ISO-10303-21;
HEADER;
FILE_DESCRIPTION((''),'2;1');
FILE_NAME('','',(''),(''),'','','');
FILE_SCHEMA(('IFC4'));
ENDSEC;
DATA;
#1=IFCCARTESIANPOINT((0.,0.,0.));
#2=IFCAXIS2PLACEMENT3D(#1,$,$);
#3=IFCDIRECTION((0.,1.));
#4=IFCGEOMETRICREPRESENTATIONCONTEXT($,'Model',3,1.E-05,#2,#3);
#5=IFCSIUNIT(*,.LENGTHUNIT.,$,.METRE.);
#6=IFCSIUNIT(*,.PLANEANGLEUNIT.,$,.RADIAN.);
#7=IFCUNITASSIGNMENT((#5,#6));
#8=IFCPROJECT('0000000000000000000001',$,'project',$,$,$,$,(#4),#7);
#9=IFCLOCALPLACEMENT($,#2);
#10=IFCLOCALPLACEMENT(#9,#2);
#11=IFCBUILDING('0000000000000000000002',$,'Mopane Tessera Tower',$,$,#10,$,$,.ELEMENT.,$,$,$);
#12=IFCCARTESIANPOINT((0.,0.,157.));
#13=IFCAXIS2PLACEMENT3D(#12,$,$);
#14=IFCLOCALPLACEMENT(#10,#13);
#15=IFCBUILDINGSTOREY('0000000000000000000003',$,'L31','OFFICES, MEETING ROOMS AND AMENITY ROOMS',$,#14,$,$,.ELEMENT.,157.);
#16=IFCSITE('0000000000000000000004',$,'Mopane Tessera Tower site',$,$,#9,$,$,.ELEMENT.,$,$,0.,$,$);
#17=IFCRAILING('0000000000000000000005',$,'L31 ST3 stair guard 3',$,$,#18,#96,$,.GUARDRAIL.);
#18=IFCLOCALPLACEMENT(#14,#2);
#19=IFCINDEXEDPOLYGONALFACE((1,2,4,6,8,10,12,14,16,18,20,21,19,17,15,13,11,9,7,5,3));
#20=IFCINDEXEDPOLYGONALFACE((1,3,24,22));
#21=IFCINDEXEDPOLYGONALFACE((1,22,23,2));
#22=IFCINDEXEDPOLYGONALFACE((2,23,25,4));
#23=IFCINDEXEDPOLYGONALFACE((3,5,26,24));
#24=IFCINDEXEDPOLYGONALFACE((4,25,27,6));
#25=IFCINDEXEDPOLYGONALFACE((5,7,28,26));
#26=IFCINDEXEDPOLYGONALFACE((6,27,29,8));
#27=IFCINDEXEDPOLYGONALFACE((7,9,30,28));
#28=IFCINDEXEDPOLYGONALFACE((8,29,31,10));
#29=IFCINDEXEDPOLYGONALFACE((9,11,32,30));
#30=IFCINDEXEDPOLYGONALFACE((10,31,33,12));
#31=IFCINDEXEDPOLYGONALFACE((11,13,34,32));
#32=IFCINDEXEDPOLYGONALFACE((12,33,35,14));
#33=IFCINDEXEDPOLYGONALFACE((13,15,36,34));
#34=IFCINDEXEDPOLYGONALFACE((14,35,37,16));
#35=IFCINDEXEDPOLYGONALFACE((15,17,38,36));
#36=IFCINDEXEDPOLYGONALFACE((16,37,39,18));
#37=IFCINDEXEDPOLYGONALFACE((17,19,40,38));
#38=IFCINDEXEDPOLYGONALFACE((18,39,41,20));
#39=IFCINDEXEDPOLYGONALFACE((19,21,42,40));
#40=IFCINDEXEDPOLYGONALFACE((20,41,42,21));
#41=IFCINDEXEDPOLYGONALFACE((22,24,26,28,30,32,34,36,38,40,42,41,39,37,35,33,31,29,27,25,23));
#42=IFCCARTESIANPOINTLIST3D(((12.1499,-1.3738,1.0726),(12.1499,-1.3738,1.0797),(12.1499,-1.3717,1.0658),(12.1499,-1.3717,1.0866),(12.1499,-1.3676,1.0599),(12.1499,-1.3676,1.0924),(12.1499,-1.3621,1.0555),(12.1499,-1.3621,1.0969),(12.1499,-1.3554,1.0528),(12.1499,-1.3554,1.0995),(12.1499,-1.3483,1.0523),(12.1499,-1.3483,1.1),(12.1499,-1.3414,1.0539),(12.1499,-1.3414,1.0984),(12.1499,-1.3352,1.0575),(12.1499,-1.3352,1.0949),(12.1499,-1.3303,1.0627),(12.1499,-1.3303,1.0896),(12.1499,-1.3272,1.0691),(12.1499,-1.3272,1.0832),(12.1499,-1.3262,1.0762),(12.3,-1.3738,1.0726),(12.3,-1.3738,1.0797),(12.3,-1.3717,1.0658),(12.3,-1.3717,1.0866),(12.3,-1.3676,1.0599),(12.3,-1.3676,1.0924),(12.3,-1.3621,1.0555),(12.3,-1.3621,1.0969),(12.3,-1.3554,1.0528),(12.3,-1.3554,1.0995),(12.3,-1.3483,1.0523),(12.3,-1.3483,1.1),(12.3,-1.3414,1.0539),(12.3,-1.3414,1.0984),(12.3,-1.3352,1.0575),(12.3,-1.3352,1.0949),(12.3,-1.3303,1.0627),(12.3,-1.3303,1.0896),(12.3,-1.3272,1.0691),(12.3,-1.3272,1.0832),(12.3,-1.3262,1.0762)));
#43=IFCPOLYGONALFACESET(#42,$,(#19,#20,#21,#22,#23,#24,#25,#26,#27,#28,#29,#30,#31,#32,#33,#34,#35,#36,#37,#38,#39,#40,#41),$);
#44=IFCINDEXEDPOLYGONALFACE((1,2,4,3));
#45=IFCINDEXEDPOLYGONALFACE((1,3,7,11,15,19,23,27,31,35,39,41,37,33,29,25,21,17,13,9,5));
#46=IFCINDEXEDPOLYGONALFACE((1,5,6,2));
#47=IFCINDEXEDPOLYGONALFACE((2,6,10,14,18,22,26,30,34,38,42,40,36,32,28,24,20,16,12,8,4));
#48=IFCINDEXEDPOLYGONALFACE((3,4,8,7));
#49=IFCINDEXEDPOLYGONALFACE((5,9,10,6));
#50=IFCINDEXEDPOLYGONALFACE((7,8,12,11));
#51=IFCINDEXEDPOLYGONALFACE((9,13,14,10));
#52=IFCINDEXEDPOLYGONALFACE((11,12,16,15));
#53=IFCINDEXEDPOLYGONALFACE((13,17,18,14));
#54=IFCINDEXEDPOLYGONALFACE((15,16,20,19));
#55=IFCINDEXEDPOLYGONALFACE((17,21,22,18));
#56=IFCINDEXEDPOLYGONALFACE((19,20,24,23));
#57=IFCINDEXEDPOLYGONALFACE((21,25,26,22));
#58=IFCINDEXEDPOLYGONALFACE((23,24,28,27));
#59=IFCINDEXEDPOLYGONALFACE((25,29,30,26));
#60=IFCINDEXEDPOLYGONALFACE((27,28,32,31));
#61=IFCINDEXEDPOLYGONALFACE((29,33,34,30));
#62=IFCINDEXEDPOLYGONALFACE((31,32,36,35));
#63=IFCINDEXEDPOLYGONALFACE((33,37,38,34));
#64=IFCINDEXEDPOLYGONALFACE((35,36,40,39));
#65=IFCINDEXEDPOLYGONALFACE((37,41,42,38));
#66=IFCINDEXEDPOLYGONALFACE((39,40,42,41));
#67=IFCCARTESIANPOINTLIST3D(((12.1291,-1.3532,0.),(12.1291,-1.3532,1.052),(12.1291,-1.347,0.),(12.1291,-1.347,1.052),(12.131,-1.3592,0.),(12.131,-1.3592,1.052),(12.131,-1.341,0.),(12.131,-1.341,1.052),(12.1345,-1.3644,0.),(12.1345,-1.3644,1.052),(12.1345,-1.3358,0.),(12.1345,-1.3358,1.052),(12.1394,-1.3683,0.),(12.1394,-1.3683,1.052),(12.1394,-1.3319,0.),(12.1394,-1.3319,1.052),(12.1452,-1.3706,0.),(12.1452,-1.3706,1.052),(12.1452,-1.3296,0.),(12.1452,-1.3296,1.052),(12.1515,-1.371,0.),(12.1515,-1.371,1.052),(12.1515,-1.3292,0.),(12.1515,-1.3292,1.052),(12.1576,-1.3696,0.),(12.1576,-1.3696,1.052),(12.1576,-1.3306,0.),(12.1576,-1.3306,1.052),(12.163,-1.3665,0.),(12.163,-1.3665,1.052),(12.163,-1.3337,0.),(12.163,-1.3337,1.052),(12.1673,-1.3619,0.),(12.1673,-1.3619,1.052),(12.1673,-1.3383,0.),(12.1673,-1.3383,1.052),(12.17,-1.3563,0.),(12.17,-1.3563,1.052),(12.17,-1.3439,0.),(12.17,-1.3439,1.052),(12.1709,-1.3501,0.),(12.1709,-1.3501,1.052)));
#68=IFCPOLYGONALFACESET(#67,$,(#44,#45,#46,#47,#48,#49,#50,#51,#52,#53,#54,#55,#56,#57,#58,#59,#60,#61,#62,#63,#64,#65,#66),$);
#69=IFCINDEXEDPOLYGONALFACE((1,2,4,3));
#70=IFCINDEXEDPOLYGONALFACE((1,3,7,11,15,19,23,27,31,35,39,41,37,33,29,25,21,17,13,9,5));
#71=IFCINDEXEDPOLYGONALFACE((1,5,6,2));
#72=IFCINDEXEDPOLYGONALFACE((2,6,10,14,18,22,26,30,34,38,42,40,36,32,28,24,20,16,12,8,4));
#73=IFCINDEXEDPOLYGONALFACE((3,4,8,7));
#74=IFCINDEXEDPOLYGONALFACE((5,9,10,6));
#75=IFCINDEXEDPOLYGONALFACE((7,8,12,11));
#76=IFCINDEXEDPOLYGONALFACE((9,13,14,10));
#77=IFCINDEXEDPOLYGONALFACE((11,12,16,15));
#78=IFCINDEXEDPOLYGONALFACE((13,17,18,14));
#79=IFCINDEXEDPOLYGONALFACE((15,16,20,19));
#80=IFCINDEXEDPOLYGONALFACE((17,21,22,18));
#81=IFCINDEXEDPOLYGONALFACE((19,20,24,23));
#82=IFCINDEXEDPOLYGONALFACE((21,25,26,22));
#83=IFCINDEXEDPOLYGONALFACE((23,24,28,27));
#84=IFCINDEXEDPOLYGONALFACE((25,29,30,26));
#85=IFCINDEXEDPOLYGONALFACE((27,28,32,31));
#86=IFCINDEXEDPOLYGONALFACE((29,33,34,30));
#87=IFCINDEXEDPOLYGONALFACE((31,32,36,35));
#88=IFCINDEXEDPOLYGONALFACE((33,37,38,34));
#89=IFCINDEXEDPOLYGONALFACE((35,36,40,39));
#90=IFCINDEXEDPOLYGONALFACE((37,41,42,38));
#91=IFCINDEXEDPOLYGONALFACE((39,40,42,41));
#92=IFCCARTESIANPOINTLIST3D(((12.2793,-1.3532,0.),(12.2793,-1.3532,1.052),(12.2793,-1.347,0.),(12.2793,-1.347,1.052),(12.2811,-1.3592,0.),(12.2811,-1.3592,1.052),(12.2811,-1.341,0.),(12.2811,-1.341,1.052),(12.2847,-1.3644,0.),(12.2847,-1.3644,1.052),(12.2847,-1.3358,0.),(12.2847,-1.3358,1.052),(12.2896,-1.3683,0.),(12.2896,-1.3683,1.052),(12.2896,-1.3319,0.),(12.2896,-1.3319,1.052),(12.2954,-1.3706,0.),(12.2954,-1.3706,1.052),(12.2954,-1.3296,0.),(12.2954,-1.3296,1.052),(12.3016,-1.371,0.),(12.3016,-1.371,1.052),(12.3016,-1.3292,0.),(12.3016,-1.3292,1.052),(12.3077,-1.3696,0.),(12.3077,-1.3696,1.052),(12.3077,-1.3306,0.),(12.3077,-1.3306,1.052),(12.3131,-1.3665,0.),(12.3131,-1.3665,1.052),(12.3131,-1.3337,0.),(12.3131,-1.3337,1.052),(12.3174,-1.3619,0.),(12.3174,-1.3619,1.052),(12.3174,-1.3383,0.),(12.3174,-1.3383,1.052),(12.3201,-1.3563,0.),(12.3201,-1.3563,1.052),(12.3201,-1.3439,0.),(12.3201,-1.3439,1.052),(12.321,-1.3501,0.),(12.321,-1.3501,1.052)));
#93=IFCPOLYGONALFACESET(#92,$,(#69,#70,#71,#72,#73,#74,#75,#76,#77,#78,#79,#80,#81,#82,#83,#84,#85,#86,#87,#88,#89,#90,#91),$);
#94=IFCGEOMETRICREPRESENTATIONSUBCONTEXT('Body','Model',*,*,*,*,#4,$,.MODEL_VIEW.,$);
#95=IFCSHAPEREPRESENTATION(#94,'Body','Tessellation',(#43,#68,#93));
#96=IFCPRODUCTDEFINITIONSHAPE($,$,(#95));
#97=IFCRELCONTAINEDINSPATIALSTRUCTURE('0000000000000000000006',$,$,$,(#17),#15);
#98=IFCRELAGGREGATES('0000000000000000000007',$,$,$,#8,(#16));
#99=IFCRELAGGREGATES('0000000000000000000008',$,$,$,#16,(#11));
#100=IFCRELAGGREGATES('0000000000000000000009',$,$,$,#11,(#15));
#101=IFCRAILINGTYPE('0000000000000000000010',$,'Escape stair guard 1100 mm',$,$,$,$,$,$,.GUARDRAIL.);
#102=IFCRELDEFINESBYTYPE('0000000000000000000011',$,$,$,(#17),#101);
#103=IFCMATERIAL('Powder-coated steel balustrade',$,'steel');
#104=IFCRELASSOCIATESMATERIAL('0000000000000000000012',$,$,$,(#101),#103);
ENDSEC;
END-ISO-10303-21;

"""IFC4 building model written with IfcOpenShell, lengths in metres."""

from ifc_helpers import new_model, si_unit, direction, frame, origin, origin_2d, place, context, subcontext, project, spatial, circle, extrude, material, type_object, element, save


model = new_model("IFC4")

# Units and contexts
model_context = context("Model", 3, precision=1e-05, world=origin(), true_north=direction((0.0, 1.0)))
body_context = subcontext(model_context, "Body", "Model", "MODEL_VIEW")
ifc_project = project(units=[si_unit("LENGTHUNIT", "METRE"), si_unit("PLANEANGLEUNIT", "RADIAN")], contexts=[model_context])

# Site, building, storey
site_placement = place(None, origin())
site = spatial("IfcSite", under=ifc_project, at=site_placement, Name="Mopane Tessera Tower site", CompositionType="ELEMENT", RefElevation=0.0)
building_placement = place(site_placement, origin())
building = spatial("IfcBuilding", under=site, at=building_placement, Name="Mopane Tessera Tower", CompositionType="ELEMENT")
storey_placement = place(building_placement, frame((0.0, 0.0, 157.0)))
storey = spatial("IfcBuildingStorey", under=building, at=storey_placement, Name="L31", Description="OFFICES, MEETING ROOMS AND AMENITY ROOMS", CompositionType="ELEMENT", Elevation=157.0)

# Railing
ifc_material_1 = material(Name="Powder-coated steel balustrade", Category="steel")
railing_type_1 = type_object("IfcRailingType", Name="Escape stair guard 1100 mm", PredefinedType="GUARDRAIL", material=ifc_material_1)
railing_1_placement = place(storey_placement, frame((12.1499, -1.3501, 0.0)))
element("IfcRailing", 1, at=railing_1_placement, inside=storey, type_object=railing_type_1, Name="L31 ST3 stair guard 3", PredefinedType="GUARDRAIL", context=body_context, shape_type="SweptSolid", body=[
    extrude(circle(Radius=0.0239, at=origin_2d()), frame((0.0, 0.0, 1.0762), z_axis=(1.0, 0.0, 0.0), x_axis=(0.0, 1.0, 0.0)), (0.0, 0.0, 1.0), 0.1501),
    extrude(circle(Radius=0.021, at=origin_2d()), origin(), (0.0, 0.0, 1.0), 1.052),
    extrude(circle(Radius=0.021, at=origin_2d()), frame((0.1501, 0.0, 0.0)), (0.0, 0.0, 1.0), 1.052),
])

save(model, "model.ifc")
